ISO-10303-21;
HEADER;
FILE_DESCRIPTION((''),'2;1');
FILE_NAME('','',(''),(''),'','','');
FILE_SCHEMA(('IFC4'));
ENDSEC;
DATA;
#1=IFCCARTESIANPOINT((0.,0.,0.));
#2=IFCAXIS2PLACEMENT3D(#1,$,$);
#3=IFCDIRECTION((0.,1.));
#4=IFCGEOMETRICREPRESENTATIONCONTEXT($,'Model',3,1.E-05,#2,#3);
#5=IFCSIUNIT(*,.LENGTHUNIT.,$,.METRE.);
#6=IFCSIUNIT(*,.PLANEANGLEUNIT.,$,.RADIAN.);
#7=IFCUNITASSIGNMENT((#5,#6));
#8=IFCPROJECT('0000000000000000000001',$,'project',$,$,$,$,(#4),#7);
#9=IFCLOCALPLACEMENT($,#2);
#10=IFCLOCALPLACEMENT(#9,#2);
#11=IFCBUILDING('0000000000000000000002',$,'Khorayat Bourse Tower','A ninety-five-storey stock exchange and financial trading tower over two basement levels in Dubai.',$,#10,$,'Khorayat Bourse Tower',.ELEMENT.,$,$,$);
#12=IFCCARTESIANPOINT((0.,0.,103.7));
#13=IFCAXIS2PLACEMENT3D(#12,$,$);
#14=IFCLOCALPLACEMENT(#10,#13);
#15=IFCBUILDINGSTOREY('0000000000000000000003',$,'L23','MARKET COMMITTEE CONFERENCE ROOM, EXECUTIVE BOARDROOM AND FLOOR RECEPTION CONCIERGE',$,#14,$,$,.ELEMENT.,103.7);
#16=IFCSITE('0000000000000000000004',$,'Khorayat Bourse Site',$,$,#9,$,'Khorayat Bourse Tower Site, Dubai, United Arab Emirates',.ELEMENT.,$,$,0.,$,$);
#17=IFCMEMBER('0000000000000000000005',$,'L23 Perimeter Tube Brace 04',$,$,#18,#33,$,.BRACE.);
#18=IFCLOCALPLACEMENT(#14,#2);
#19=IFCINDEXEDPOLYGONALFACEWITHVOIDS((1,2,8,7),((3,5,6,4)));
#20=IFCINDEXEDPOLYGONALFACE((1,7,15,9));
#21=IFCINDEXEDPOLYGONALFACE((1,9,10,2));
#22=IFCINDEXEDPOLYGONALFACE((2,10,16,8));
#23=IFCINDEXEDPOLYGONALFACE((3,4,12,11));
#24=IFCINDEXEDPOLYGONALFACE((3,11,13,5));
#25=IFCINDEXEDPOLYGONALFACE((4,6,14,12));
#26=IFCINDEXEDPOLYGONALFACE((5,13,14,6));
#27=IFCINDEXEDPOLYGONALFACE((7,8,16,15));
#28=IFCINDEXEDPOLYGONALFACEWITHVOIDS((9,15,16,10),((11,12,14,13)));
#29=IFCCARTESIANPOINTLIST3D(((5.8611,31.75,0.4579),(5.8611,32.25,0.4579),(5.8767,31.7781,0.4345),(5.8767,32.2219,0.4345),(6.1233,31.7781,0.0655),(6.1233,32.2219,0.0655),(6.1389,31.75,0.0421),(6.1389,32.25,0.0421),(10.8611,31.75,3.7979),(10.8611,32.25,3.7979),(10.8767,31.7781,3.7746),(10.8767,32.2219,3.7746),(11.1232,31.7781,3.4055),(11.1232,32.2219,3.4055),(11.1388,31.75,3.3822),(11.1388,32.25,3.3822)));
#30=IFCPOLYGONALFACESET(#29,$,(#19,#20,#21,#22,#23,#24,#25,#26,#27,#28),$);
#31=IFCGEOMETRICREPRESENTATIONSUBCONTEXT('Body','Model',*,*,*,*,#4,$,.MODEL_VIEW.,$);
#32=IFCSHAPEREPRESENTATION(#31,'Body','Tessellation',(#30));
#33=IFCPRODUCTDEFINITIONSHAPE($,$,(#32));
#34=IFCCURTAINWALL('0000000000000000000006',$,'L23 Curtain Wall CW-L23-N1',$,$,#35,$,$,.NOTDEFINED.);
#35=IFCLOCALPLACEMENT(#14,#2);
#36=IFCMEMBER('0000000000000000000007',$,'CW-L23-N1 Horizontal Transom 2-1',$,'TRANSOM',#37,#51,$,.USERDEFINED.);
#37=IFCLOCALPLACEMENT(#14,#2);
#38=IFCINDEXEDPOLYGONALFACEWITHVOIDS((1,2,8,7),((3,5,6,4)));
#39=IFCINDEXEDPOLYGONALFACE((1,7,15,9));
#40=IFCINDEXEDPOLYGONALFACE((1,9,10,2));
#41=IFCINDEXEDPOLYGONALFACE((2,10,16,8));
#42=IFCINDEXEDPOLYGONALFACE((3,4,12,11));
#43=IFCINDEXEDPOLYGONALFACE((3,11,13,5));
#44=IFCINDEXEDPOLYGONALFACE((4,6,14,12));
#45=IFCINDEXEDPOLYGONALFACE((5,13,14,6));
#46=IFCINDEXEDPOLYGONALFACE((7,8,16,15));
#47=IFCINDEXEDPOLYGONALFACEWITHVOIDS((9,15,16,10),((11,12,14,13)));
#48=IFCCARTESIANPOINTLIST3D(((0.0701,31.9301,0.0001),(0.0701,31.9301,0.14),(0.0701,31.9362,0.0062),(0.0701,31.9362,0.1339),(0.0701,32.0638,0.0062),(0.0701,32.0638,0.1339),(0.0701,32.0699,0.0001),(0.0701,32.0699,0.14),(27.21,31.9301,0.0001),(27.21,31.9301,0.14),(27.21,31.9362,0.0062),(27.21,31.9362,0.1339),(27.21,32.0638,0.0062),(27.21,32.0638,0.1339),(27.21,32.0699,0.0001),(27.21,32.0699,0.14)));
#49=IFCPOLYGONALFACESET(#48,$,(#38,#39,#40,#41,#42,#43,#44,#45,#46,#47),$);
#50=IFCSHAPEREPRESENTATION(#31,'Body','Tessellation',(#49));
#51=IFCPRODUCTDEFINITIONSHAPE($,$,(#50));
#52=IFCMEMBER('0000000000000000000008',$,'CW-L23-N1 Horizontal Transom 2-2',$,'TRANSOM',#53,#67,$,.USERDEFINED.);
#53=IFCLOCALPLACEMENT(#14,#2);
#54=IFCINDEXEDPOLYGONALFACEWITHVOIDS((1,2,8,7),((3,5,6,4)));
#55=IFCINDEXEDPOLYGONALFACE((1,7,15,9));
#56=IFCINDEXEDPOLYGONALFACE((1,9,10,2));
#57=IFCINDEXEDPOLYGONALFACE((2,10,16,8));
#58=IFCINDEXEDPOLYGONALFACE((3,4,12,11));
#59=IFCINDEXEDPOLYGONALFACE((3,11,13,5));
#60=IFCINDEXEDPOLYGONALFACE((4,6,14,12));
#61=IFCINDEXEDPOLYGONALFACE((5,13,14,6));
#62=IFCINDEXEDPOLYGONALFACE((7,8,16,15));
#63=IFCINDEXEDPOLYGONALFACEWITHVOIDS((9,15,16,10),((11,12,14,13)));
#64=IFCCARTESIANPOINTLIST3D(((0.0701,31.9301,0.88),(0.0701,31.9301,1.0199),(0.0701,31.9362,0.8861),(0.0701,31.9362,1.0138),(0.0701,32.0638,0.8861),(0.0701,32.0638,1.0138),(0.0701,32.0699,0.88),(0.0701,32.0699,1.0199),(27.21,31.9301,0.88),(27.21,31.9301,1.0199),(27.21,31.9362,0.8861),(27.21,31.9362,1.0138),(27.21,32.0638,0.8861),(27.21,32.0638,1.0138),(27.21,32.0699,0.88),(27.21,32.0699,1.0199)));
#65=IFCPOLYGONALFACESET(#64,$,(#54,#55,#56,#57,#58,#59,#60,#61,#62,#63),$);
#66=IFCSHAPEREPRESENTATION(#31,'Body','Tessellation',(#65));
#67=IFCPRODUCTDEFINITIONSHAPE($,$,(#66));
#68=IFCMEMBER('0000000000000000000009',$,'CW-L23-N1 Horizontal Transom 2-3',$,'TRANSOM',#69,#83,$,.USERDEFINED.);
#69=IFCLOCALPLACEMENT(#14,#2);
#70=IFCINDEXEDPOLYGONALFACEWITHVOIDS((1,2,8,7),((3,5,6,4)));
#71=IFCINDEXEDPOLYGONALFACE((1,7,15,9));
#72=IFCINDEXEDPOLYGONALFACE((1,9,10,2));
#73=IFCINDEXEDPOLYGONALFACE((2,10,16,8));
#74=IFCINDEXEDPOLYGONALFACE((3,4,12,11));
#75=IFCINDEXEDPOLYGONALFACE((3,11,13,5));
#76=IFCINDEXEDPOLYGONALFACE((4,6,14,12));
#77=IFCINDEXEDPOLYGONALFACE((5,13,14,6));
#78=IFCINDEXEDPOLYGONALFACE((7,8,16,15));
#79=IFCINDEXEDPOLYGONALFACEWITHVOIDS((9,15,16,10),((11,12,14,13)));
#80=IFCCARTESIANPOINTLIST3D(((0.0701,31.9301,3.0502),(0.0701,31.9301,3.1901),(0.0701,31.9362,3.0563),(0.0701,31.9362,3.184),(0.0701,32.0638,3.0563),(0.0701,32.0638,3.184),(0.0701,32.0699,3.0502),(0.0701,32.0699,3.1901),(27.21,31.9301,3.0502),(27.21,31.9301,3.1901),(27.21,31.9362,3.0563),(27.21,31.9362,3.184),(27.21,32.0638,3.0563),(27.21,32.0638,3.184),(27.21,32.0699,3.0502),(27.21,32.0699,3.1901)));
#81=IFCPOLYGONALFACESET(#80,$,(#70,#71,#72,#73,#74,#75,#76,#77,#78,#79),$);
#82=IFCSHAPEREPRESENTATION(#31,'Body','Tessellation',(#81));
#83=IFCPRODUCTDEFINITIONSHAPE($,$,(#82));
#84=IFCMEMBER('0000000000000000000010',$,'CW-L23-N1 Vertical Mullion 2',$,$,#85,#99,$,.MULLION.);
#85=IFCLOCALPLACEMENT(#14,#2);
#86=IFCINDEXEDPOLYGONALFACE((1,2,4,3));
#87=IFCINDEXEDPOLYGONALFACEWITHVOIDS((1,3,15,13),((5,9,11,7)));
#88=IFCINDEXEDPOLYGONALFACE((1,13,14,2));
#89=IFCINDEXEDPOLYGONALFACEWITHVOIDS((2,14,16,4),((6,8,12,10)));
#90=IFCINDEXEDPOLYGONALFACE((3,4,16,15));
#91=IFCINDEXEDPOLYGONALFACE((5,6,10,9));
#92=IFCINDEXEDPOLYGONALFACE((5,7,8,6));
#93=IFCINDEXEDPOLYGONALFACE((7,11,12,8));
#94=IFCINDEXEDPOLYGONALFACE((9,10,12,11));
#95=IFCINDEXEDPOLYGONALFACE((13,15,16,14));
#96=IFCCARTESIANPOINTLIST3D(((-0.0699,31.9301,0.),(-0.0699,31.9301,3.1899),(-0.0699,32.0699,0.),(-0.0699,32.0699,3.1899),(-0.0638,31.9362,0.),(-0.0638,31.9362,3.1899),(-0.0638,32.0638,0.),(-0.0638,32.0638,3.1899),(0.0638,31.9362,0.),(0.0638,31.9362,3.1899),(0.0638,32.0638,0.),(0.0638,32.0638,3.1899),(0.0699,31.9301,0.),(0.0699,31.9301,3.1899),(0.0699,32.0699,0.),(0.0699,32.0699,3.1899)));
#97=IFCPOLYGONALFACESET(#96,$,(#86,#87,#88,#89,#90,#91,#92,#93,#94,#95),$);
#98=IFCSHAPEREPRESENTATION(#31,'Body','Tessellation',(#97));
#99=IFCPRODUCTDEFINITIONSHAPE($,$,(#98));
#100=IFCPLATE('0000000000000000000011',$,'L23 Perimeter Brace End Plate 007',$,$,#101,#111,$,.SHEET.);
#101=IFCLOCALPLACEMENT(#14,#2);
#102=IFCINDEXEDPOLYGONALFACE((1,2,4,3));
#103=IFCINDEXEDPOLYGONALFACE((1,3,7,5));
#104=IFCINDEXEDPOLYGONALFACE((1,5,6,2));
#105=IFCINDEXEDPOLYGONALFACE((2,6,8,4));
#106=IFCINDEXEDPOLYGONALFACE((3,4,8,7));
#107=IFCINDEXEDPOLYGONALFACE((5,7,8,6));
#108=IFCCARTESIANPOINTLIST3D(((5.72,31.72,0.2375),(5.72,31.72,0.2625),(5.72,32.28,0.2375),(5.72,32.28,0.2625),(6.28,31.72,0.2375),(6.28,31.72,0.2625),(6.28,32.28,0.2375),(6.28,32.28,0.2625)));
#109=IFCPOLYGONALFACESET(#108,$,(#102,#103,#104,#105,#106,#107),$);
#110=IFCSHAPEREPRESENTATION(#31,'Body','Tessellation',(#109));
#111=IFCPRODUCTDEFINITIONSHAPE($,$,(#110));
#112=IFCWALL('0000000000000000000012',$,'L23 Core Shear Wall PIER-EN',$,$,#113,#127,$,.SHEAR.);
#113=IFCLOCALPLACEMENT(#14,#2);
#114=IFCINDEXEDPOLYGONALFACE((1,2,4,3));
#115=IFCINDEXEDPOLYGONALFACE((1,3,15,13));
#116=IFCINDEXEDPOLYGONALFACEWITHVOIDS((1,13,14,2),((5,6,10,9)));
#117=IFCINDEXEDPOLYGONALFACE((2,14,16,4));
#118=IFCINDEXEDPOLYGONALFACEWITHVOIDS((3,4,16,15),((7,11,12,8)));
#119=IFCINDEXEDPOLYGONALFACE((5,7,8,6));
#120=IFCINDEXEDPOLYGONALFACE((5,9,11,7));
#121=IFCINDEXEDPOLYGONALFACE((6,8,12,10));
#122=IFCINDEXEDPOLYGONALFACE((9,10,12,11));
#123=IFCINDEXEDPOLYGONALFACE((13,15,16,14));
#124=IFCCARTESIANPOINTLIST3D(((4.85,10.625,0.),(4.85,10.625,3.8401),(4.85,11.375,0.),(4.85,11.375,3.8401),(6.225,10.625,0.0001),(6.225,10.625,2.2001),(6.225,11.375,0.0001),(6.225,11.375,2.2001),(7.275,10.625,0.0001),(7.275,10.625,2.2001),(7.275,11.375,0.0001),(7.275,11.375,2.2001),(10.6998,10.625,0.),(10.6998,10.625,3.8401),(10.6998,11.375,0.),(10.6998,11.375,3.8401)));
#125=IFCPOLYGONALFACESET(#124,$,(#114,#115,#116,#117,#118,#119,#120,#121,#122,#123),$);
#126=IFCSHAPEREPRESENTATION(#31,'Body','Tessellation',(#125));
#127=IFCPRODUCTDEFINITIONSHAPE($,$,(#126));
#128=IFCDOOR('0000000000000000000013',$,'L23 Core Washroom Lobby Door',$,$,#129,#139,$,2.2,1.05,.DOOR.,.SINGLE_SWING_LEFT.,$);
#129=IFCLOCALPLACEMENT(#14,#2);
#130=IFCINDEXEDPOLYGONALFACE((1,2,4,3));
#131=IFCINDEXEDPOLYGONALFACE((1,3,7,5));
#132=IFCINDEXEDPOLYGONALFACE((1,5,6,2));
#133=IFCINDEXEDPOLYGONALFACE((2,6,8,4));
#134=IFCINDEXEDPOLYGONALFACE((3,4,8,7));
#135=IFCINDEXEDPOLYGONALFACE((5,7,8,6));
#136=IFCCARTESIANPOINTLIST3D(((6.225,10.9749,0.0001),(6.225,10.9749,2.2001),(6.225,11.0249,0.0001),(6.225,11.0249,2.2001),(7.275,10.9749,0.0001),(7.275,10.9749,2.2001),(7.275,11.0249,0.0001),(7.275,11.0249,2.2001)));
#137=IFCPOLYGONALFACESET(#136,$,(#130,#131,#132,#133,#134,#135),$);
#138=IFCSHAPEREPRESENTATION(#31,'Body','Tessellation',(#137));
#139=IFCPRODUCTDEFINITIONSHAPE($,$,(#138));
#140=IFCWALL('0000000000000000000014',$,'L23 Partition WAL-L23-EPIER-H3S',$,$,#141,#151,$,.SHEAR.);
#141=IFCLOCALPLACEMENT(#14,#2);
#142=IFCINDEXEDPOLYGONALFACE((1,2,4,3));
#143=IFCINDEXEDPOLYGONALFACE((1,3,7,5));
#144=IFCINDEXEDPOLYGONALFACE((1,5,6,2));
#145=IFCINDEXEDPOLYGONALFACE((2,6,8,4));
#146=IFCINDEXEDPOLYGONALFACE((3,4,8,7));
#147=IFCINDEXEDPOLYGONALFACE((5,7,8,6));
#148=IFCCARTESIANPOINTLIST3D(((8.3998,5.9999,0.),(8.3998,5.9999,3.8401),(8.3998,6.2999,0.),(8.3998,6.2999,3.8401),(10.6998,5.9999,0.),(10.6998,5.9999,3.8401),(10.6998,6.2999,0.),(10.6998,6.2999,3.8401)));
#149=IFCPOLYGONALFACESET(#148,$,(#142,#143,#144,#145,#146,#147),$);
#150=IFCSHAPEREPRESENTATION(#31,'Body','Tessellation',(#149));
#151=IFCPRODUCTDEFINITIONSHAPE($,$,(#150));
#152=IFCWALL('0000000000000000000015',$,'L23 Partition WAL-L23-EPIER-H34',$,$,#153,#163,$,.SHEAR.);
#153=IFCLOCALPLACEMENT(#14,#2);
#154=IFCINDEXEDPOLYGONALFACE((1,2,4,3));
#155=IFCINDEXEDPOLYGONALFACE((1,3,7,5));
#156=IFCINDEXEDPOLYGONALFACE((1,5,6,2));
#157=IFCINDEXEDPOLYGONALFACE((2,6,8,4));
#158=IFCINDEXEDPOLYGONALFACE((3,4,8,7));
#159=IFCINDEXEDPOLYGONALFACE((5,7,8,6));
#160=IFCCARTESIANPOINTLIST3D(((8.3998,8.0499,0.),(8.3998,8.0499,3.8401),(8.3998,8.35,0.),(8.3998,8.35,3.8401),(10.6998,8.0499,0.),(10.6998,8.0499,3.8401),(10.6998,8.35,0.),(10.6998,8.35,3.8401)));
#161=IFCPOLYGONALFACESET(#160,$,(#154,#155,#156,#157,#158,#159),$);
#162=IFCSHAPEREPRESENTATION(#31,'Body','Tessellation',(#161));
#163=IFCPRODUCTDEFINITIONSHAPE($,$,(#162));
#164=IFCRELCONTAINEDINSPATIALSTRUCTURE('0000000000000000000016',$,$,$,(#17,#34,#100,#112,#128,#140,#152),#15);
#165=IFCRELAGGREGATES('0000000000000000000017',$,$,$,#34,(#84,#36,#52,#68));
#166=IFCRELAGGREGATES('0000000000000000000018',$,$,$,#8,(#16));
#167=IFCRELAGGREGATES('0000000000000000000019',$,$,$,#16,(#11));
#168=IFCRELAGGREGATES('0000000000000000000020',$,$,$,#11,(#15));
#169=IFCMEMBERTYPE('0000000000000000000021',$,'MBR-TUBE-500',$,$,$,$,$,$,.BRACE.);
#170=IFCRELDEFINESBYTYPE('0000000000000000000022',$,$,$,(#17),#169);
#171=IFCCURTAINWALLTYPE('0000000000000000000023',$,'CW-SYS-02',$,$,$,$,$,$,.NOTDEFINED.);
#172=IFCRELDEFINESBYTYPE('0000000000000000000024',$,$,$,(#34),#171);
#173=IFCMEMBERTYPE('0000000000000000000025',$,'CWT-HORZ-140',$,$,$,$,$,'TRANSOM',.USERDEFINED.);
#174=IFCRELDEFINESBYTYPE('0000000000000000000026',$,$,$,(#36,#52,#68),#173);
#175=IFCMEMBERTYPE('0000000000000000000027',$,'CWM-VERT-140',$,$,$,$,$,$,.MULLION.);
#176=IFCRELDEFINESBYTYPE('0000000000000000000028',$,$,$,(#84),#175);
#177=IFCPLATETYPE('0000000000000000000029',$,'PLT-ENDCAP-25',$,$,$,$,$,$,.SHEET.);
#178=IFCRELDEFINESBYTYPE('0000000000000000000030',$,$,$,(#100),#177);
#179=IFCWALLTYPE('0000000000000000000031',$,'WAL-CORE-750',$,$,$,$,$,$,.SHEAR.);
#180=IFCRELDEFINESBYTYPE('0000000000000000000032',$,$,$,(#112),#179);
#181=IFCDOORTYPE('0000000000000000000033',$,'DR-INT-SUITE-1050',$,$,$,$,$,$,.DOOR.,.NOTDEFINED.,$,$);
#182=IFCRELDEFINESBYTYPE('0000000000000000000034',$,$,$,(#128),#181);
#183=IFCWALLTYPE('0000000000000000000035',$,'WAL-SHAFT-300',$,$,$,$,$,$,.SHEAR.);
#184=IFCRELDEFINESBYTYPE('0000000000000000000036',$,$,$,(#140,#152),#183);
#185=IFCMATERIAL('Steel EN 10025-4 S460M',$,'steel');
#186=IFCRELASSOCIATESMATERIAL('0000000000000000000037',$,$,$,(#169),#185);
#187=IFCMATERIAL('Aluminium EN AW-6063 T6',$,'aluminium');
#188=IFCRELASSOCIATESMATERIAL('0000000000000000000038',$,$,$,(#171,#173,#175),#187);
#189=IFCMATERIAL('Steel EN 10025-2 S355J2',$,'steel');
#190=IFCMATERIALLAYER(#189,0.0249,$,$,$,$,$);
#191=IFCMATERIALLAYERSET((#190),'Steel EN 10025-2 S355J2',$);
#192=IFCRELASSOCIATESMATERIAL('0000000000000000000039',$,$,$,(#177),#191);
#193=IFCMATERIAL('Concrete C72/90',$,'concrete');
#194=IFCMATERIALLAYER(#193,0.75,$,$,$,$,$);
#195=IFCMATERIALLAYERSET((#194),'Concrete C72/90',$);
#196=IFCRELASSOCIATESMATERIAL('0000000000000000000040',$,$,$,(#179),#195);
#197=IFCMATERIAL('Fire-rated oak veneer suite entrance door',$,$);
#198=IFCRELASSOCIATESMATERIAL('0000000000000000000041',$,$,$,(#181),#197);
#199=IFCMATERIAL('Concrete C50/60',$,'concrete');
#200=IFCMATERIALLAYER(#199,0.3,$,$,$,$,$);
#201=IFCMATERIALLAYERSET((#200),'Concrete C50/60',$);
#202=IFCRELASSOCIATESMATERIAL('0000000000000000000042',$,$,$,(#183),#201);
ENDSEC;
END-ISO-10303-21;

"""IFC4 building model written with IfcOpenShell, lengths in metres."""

from ifc_helpers import new_model, si_unit, direction, frame, frame_2d, origin, origin_2d, place, context, subcontext, project, spatial, rectangle, hollow_rectangle, extrude, source, transform, mapped, material, layer, layer_set, material_profile, profile_set, type_object, element, fill, aggregate, save


model = new_model("IFC4")

# Units and contexts
model_context = context("Model", 3, precision=1e-05, world=origin(), true_north=direction((0.0, 1.0)))
body_context = subcontext(model_context, "Body", "Model", "MODEL_VIEW")
ifc_project = project(units=[si_unit("LENGTHUNIT", "METRE"), si_unit("PLANEANGLEUNIT", "RADIAN")], contexts=[model_context])

# Site, building, storey
site_placement = place(None, origin())
site = spatial("IfcSite", under=ifc_project, at=site_placement, Name="Khorayat Bourse Site", LongName="Khorayat Bourse Tower Site, Dubai, United Arab Emirates", CompositionType="ELEMENT", RefElevation=0.0)
building_placement = place(site_placement, origin())
building = spatial("IfcBuilding", under=site, at=building_placement, Name="Khorayat Bourse Tower", Description="A ninety-five-storey stock exchange and financial trading tower over two basement levels in Dubai.", LongName="Khorayat Bourse Tower", CompositionType="ELEMENT")
storey_placement = place(building_placement, frame((0.0, 0.0, 103.7)))
storey = spatial("IfcBuildingStorey", under=building, at=storey_placement, Name="L23", Description="MARKET COMMITTEE CONFERENCE ROOM, EXECUTIVE BOARDROOM AND FLOOR RECEPTION CONCIERGE", CompositionType="ELEMENT", Elevation=103.7)

# Shared definitions
ifc_material_1 = material(Name="Steel EN 10025-4 S460M", Category="steel")
ifc_material_2 = material(Name="Concrete C72/90", Category="concrete")

# Member
ifc_material_profile_1 = material_profile(ifc_material_1, hollow_rectangle(XDim=0.5, YDim=0.5, WallThickness=0.0281, at=origin_2d()), Name="HSS 500x500x28")
ifc_profile_set_1 = profile_set([ifc_material_profile_1], Name="Steel EN 10025-4 S460M")
member_type_1 = type_object("IfcMemberType", Name="MBR-TUBE-500", PredefinedType="BRACE", material=ifc_profile_set_1)
shared_shape_1 = source(origin(), body_context, "Body", "SweptSolid", [
    extrude(hollow_rectangle(XDim=0.5, YDim=0.5, WallThickness=0.0281, at=origin_2d()), origin(), (0.0, 0.0, 1.0), 6.0129),
])
member_1_placement = place(storey_placement, frame((6.0, 32.0, 0.25), z_axis=(0.831531, 0.0, 0.555478), x_axis=(0.0, 1.0, 0.0)))
element("IfcMember", 1, at=member_1_placement, inside=storey, type_object=member_type_1, Name="L23 Perimeter Tube Brace 04", PredefinedType="BRACE", context=body_context, shape_type="MappedRepresentation", body=[
    mapped(shared_shape_1, transform((0.0, 0.0, 0.0), scale=1.0)),
])

# Curtain wall, members
ifc_material_3 = material(Name="Aluminium EN AW-6063 T6", Category="aluminium")
curtain_wall_type = type_object("IfcCurtainWallType", Name="CW-SYS-02", PredefinedType="NOTDEFINED", material=ifc_material_3)
curtain_wall_placement = place(storey_placement, origin())
curtain_wall = element("IfcCurtainWall", 2, at=curtain_wall_placement, inside=storey, type_object=curtain_wall_type, Name="L23 Curtain Wall CW-L23-N1", PredefinedType="NOTDEFINED")
ifc_material_profile_2 = material_profile(ifc_material_3, hollow_rectangle(XDim=0.1399, YDim=0.1399, WallThickness=0.0061, at=origin_2d()), Name="ALU 140x140x6")
ifc_profile_set_2 = profile_set([ifc_material_profile_2], Name="Aluminium EN AW-6063 T6")
member_type_2 = type_object("IfcMemberType", Name="CWT-HORZ-140", ElementType="TRANSOM", PredefinedType="USERDEFINED", material=ifc_profile_set_2)
shared_shape_2 = source(origin(), body_context, "Body", "SweptSolid", [
    extrude(hollow_rectangle(XDim=0.1399, YDim=0.1399, WallThickness=0.0061, at=origin_2d()), origin(), (0.0, 0.0, 1.0), 27.1399),
])
member_2_placement = place(storey_placement, frame((0.0701, 32.0, 0.0701), z_axis=(1.0, 0.0, 0.0), x_axis=(0.0, 1.0, 0.0)))
member_2 = element("IfcMember", 3, at=member_2_placement, type_object=member_type_2, Name="CW-L23-N1 Horizontal Transom 2-1", ObjectType="TRANSOM", PredefinedType="USERDEFINED", context=body_context, shape_type="MappedRepresentation", body=[
    mapped(shared_shape_2, transform((0.0, 0.0, 0.0), scale=1.0)),
])
member_3_placement = place(storey_placement, frame((0.0701, 32.0, 0.95), z_axis=(1.0, 0.0, 0.0), x_axis=(0.0, 1.0, 0.0)))
member_3 = element("IfcMember", 4, at=member_3_placement, type_object=member_type_2, Name="CW-L23-N1 Horizontal Transom 2-2", ObjectType="TRANSOM", PredefinedType="USERDEFINED", context=body_context, shape_type="MappedRepresentation", body=[
    mapped(shared_shape_2, transform((0.0, 0.0, 0.0), scale=1.0)),
])
member_4_placement = place(storey_placement, frame((0.0701, 32.0, 3.1201), z_axis=(1.0, 0.0, 0.0), x_axis=(0.0, 1.0, 0.0)))
member_4 = element("IfcMember", 5, at=member_4_placement, type_object=member_type_2, Name="CW-L23-N1 Horizontal Transom 2-3", ObjectType="TRANSOM", PredefinedType="USERDEFINED", context=body_context, shape_type="MappedRepresentation", body=[
    mapped(shared_shape_2, transform((0.0, 0.0, 0.0), scale=1.0)),
])
ifc_material_profile_3 = material_profile(ifc_material_3, hollow_rectangle(XDim=0.1399, YDim=0.1399, WallThickness=0.0061, at=origin_2d()), Name="ALU 140x140x6")
ifc_profile_set_3 = profile_set([ifc_material_profile_3], Name="Aluminium EN AW-6063 T6")
member_type_3 = type_object("IfcMemberType", Name="CWM-VERT-140", PredefinedType="MULLION", material=ifc_profile_set_3)
shared_shape_3 = source(origin(), body_context, "Body", "SweptSolid", [
    extrude(hollow_rectangle(XDim=0.1399, YDim=0.1399, WallThickness=0.0061, at=origin_2d()), origin(), (0.0, 0.0, 1.0), 3.1899),
])
member_5_placement = place(storey_placement, frame((0.0, 32.0, 0.0), z_axis=(0.0, 0.0, 1.0), x_axis=(0.0, 1.0, 0.0)))
member_5 = element("IfcMember", 6, at=member_5_placement, type_object=member_type_3, Name="CW-L23-N1 Vertical Mullion 2", PredefinedType="MULLION", context=body_context, shape_type="MappedRepresentation", body=[
    mapped(shared_shape_3, transform((0.0, 0.0, 0.0), scale=1.0)),
])
aggregate(curtain_wall, [member_5, member_2, member_3, member_4])

# Plate
ifc_material_4 = material(Name="Steel EN 10025-2 S355J2", Category="steel")
ifc_layer_1 = layer(ifc_material_4, 0.0249)
ifc_layer_set_1 = layer_set([ifc_layer_1], Name="Steel EN 10025-2 S355J2")
plate_type = type_object("IfcPlateType", Name="PLT-ENDCAP-25", PredefinedType="SHEET", material=ifc_layer_set_1)
shared_shape_4 = source(origin(), body_context, "Body", "SweptSolid", [
    extrude(rectangle(XDim=0.5601, YDim=0.5601, at=origin_2d()), origin(), (0.0, 0.0, 1.0), 0.0249),
])
plate_placement = place(storey_placement, frame((6.0, 32.0, 0.2375), z_axis=(0.0, 0.0, 1.0), x_axis=(1.0, 0.0, 0.0)))
element("IfcPlate", 7, at=plate_placement, inside=storey, type_object=plate_type, Name="L23 Perimeter Brace End Plate 007", PredefinedType="SHEET", context=body_context, shape_type="MappedRepresentation", body=[
    mapped(shared_shape_4, transform((0.0, 0.0, 0.0), scale=1.0)),
])

# Wall, opening, door
ifc_layer_2 = layer(ifc_material_2, 0.75)
ifc_layer_set_2 = layer_set([ifc_layer_2], Name="Concrete C72/90")
wall_type_1 = type_object("IfcWallType", Name="WAL-CORE-750", PredefinedType="SHEAR", material=ifc_layer_set_2)
shared_shape_5 = source(origin(), body_context, "Body", "SweptSolid", [
    extrude(rectangle(XDim=5.8499, YDim=0.75, at=frame_2d((2.9248, 0.0))), origin(), (0.0, 0.0, 1.0), 3.8401),
])
wall_1_placement = place(storey_placement, frame((4.8501, 11.0, 0.0), z_axis=(0.0, 0.0, 1.0), x_axis=(1.0, 0.0, 0.0)))
wall_1 = element("IfcWall", 8, at=wall_1_placement, inside=storey, type_object=wall_type_1, Name="L23 Core Shear Wall PIER-EN", PredefinedType="SHEAR", context=body_context, shape_type="MappedRepresentation", body=[
    mapped(shared_shape_5, transform((0.0, 0.0, 0.0), scale=1.0)),
])
shared_shape_6 = source(origin(), body_context, "Body", "SweptSolid", [
    extrude(rectangle(XDim=1.05, YDim=2.2, at=frame_2d((0.5249, 1.1001))), frame((0.0, 0.385, 0.0), z_axis=(0.0, -1.0, 0.0), x_axis=(1.0, 0.0, 0.0)), (0.0, 0.0, 1.0), 0.77),
])
opening_1_placement = place(wall_1_placement, frame((1.375, 0.0, 0.0)))
opening_1 = element("IfcOpeningElement", 9, at=opening_1_placement, cuts=wall_1, PredefinedType="OPENING", context=body_context, shape_type="MappedRepresentation", body=[
    mapped(shared_shape_6, transform((0.0, 0.0, 0.0), scale=1.0)),
])
ifc_material_5 = material(Name="Fire-rated oak veneer suite entrance door")
door_type_1 = type_object("IfcDoorType", Name="DR-INT-SUITE-1050", OperationType="NOTDEFINED", PredefinedType="DOOR", material=ifc_material_5)
shared_shape_7 = source(origin(), body_context, "Body", "SweptSolid", [
    extrude(rectangle(XDim=1.05, YDim=2.2, at=frame_2d((0.5249, 1.1001))), frame((0.0, 0.0249, 0.0), z_axis=(0.0, -1.0, 0.0), x_axis=(1.0, 0.0, 0.0)), (0.0, 0.0, 1.0), 0.05),
])
door_1_placement = place(opening_1_placement, origin())
door_1 = element("IfcDoor", 10, at=door_1_placement, inside=storey, type_object=door_type_1, Name="L23 Core Washroom Lobby Door", OperationType="SINGLE_SWING_LEFT", OverallHeight=2.2, OverallWidth=1.05, PredefinedType="DOOR", context=body_context, shape_type="MappedRepresentation", body=[
    mapped(shared_shape_7, transform((0.0, 0.0, 0.0), scale=1.0)),
])
fill(opening_1, door_1)

# Walls
ifc_material_6 = material(Name="Concrete C50/60", Category="concrete")
ifc_layer_3 = layer(ifc_material_6, 0.3)
ifc_layer_set_3 = layer_set([ifc_layer_3], Name="Concrete C50/60")
wall_type_2 = type_object("IfcWallType", Name="WAL-SHAFT-300", PredefinedType="SHEAR", material=ifc_layer_set_3)
shared_shape_8 = source(origin(), body_context, "Body", "SweptSolid", [
    extrude(rectangle(XDim=2.3, YDim=0.3, at=frame_2d((1.1499, 0.0))), origin(), (0.0, 0.0, 1.0), 3.8401),
])
for number, where, z_axis, x_axis, name in (
    (11, (8.3999, 6.1499, 0.0), (0.0, 0.0, 1.0), (1.0, 0.0, 0.0), "L23 Partition WAL-L23-EPIER-H3S"),
    (12, (8.3999, 8.2, 0.0), (0.0, 0.0, 1.0), (1.0, 0.0, 0.0), "L23 Partition WAL-L23-EPIER-H34"),
):
    element("IfcWall", number, at=place(storey_placement, frame(where, z_axis=z_axis, x_axis=x_axis)), inside=storey, type_object=wall_type_2, Name=name, PredefinedType="SHEAR", context=body_context, shape_type="MappedRepresentation", body=[
        mapped(shared_shape_8, transform((0.0, 0.0, 0.0), scale=1.0)),
    ])

save(model, "model.ifc")
